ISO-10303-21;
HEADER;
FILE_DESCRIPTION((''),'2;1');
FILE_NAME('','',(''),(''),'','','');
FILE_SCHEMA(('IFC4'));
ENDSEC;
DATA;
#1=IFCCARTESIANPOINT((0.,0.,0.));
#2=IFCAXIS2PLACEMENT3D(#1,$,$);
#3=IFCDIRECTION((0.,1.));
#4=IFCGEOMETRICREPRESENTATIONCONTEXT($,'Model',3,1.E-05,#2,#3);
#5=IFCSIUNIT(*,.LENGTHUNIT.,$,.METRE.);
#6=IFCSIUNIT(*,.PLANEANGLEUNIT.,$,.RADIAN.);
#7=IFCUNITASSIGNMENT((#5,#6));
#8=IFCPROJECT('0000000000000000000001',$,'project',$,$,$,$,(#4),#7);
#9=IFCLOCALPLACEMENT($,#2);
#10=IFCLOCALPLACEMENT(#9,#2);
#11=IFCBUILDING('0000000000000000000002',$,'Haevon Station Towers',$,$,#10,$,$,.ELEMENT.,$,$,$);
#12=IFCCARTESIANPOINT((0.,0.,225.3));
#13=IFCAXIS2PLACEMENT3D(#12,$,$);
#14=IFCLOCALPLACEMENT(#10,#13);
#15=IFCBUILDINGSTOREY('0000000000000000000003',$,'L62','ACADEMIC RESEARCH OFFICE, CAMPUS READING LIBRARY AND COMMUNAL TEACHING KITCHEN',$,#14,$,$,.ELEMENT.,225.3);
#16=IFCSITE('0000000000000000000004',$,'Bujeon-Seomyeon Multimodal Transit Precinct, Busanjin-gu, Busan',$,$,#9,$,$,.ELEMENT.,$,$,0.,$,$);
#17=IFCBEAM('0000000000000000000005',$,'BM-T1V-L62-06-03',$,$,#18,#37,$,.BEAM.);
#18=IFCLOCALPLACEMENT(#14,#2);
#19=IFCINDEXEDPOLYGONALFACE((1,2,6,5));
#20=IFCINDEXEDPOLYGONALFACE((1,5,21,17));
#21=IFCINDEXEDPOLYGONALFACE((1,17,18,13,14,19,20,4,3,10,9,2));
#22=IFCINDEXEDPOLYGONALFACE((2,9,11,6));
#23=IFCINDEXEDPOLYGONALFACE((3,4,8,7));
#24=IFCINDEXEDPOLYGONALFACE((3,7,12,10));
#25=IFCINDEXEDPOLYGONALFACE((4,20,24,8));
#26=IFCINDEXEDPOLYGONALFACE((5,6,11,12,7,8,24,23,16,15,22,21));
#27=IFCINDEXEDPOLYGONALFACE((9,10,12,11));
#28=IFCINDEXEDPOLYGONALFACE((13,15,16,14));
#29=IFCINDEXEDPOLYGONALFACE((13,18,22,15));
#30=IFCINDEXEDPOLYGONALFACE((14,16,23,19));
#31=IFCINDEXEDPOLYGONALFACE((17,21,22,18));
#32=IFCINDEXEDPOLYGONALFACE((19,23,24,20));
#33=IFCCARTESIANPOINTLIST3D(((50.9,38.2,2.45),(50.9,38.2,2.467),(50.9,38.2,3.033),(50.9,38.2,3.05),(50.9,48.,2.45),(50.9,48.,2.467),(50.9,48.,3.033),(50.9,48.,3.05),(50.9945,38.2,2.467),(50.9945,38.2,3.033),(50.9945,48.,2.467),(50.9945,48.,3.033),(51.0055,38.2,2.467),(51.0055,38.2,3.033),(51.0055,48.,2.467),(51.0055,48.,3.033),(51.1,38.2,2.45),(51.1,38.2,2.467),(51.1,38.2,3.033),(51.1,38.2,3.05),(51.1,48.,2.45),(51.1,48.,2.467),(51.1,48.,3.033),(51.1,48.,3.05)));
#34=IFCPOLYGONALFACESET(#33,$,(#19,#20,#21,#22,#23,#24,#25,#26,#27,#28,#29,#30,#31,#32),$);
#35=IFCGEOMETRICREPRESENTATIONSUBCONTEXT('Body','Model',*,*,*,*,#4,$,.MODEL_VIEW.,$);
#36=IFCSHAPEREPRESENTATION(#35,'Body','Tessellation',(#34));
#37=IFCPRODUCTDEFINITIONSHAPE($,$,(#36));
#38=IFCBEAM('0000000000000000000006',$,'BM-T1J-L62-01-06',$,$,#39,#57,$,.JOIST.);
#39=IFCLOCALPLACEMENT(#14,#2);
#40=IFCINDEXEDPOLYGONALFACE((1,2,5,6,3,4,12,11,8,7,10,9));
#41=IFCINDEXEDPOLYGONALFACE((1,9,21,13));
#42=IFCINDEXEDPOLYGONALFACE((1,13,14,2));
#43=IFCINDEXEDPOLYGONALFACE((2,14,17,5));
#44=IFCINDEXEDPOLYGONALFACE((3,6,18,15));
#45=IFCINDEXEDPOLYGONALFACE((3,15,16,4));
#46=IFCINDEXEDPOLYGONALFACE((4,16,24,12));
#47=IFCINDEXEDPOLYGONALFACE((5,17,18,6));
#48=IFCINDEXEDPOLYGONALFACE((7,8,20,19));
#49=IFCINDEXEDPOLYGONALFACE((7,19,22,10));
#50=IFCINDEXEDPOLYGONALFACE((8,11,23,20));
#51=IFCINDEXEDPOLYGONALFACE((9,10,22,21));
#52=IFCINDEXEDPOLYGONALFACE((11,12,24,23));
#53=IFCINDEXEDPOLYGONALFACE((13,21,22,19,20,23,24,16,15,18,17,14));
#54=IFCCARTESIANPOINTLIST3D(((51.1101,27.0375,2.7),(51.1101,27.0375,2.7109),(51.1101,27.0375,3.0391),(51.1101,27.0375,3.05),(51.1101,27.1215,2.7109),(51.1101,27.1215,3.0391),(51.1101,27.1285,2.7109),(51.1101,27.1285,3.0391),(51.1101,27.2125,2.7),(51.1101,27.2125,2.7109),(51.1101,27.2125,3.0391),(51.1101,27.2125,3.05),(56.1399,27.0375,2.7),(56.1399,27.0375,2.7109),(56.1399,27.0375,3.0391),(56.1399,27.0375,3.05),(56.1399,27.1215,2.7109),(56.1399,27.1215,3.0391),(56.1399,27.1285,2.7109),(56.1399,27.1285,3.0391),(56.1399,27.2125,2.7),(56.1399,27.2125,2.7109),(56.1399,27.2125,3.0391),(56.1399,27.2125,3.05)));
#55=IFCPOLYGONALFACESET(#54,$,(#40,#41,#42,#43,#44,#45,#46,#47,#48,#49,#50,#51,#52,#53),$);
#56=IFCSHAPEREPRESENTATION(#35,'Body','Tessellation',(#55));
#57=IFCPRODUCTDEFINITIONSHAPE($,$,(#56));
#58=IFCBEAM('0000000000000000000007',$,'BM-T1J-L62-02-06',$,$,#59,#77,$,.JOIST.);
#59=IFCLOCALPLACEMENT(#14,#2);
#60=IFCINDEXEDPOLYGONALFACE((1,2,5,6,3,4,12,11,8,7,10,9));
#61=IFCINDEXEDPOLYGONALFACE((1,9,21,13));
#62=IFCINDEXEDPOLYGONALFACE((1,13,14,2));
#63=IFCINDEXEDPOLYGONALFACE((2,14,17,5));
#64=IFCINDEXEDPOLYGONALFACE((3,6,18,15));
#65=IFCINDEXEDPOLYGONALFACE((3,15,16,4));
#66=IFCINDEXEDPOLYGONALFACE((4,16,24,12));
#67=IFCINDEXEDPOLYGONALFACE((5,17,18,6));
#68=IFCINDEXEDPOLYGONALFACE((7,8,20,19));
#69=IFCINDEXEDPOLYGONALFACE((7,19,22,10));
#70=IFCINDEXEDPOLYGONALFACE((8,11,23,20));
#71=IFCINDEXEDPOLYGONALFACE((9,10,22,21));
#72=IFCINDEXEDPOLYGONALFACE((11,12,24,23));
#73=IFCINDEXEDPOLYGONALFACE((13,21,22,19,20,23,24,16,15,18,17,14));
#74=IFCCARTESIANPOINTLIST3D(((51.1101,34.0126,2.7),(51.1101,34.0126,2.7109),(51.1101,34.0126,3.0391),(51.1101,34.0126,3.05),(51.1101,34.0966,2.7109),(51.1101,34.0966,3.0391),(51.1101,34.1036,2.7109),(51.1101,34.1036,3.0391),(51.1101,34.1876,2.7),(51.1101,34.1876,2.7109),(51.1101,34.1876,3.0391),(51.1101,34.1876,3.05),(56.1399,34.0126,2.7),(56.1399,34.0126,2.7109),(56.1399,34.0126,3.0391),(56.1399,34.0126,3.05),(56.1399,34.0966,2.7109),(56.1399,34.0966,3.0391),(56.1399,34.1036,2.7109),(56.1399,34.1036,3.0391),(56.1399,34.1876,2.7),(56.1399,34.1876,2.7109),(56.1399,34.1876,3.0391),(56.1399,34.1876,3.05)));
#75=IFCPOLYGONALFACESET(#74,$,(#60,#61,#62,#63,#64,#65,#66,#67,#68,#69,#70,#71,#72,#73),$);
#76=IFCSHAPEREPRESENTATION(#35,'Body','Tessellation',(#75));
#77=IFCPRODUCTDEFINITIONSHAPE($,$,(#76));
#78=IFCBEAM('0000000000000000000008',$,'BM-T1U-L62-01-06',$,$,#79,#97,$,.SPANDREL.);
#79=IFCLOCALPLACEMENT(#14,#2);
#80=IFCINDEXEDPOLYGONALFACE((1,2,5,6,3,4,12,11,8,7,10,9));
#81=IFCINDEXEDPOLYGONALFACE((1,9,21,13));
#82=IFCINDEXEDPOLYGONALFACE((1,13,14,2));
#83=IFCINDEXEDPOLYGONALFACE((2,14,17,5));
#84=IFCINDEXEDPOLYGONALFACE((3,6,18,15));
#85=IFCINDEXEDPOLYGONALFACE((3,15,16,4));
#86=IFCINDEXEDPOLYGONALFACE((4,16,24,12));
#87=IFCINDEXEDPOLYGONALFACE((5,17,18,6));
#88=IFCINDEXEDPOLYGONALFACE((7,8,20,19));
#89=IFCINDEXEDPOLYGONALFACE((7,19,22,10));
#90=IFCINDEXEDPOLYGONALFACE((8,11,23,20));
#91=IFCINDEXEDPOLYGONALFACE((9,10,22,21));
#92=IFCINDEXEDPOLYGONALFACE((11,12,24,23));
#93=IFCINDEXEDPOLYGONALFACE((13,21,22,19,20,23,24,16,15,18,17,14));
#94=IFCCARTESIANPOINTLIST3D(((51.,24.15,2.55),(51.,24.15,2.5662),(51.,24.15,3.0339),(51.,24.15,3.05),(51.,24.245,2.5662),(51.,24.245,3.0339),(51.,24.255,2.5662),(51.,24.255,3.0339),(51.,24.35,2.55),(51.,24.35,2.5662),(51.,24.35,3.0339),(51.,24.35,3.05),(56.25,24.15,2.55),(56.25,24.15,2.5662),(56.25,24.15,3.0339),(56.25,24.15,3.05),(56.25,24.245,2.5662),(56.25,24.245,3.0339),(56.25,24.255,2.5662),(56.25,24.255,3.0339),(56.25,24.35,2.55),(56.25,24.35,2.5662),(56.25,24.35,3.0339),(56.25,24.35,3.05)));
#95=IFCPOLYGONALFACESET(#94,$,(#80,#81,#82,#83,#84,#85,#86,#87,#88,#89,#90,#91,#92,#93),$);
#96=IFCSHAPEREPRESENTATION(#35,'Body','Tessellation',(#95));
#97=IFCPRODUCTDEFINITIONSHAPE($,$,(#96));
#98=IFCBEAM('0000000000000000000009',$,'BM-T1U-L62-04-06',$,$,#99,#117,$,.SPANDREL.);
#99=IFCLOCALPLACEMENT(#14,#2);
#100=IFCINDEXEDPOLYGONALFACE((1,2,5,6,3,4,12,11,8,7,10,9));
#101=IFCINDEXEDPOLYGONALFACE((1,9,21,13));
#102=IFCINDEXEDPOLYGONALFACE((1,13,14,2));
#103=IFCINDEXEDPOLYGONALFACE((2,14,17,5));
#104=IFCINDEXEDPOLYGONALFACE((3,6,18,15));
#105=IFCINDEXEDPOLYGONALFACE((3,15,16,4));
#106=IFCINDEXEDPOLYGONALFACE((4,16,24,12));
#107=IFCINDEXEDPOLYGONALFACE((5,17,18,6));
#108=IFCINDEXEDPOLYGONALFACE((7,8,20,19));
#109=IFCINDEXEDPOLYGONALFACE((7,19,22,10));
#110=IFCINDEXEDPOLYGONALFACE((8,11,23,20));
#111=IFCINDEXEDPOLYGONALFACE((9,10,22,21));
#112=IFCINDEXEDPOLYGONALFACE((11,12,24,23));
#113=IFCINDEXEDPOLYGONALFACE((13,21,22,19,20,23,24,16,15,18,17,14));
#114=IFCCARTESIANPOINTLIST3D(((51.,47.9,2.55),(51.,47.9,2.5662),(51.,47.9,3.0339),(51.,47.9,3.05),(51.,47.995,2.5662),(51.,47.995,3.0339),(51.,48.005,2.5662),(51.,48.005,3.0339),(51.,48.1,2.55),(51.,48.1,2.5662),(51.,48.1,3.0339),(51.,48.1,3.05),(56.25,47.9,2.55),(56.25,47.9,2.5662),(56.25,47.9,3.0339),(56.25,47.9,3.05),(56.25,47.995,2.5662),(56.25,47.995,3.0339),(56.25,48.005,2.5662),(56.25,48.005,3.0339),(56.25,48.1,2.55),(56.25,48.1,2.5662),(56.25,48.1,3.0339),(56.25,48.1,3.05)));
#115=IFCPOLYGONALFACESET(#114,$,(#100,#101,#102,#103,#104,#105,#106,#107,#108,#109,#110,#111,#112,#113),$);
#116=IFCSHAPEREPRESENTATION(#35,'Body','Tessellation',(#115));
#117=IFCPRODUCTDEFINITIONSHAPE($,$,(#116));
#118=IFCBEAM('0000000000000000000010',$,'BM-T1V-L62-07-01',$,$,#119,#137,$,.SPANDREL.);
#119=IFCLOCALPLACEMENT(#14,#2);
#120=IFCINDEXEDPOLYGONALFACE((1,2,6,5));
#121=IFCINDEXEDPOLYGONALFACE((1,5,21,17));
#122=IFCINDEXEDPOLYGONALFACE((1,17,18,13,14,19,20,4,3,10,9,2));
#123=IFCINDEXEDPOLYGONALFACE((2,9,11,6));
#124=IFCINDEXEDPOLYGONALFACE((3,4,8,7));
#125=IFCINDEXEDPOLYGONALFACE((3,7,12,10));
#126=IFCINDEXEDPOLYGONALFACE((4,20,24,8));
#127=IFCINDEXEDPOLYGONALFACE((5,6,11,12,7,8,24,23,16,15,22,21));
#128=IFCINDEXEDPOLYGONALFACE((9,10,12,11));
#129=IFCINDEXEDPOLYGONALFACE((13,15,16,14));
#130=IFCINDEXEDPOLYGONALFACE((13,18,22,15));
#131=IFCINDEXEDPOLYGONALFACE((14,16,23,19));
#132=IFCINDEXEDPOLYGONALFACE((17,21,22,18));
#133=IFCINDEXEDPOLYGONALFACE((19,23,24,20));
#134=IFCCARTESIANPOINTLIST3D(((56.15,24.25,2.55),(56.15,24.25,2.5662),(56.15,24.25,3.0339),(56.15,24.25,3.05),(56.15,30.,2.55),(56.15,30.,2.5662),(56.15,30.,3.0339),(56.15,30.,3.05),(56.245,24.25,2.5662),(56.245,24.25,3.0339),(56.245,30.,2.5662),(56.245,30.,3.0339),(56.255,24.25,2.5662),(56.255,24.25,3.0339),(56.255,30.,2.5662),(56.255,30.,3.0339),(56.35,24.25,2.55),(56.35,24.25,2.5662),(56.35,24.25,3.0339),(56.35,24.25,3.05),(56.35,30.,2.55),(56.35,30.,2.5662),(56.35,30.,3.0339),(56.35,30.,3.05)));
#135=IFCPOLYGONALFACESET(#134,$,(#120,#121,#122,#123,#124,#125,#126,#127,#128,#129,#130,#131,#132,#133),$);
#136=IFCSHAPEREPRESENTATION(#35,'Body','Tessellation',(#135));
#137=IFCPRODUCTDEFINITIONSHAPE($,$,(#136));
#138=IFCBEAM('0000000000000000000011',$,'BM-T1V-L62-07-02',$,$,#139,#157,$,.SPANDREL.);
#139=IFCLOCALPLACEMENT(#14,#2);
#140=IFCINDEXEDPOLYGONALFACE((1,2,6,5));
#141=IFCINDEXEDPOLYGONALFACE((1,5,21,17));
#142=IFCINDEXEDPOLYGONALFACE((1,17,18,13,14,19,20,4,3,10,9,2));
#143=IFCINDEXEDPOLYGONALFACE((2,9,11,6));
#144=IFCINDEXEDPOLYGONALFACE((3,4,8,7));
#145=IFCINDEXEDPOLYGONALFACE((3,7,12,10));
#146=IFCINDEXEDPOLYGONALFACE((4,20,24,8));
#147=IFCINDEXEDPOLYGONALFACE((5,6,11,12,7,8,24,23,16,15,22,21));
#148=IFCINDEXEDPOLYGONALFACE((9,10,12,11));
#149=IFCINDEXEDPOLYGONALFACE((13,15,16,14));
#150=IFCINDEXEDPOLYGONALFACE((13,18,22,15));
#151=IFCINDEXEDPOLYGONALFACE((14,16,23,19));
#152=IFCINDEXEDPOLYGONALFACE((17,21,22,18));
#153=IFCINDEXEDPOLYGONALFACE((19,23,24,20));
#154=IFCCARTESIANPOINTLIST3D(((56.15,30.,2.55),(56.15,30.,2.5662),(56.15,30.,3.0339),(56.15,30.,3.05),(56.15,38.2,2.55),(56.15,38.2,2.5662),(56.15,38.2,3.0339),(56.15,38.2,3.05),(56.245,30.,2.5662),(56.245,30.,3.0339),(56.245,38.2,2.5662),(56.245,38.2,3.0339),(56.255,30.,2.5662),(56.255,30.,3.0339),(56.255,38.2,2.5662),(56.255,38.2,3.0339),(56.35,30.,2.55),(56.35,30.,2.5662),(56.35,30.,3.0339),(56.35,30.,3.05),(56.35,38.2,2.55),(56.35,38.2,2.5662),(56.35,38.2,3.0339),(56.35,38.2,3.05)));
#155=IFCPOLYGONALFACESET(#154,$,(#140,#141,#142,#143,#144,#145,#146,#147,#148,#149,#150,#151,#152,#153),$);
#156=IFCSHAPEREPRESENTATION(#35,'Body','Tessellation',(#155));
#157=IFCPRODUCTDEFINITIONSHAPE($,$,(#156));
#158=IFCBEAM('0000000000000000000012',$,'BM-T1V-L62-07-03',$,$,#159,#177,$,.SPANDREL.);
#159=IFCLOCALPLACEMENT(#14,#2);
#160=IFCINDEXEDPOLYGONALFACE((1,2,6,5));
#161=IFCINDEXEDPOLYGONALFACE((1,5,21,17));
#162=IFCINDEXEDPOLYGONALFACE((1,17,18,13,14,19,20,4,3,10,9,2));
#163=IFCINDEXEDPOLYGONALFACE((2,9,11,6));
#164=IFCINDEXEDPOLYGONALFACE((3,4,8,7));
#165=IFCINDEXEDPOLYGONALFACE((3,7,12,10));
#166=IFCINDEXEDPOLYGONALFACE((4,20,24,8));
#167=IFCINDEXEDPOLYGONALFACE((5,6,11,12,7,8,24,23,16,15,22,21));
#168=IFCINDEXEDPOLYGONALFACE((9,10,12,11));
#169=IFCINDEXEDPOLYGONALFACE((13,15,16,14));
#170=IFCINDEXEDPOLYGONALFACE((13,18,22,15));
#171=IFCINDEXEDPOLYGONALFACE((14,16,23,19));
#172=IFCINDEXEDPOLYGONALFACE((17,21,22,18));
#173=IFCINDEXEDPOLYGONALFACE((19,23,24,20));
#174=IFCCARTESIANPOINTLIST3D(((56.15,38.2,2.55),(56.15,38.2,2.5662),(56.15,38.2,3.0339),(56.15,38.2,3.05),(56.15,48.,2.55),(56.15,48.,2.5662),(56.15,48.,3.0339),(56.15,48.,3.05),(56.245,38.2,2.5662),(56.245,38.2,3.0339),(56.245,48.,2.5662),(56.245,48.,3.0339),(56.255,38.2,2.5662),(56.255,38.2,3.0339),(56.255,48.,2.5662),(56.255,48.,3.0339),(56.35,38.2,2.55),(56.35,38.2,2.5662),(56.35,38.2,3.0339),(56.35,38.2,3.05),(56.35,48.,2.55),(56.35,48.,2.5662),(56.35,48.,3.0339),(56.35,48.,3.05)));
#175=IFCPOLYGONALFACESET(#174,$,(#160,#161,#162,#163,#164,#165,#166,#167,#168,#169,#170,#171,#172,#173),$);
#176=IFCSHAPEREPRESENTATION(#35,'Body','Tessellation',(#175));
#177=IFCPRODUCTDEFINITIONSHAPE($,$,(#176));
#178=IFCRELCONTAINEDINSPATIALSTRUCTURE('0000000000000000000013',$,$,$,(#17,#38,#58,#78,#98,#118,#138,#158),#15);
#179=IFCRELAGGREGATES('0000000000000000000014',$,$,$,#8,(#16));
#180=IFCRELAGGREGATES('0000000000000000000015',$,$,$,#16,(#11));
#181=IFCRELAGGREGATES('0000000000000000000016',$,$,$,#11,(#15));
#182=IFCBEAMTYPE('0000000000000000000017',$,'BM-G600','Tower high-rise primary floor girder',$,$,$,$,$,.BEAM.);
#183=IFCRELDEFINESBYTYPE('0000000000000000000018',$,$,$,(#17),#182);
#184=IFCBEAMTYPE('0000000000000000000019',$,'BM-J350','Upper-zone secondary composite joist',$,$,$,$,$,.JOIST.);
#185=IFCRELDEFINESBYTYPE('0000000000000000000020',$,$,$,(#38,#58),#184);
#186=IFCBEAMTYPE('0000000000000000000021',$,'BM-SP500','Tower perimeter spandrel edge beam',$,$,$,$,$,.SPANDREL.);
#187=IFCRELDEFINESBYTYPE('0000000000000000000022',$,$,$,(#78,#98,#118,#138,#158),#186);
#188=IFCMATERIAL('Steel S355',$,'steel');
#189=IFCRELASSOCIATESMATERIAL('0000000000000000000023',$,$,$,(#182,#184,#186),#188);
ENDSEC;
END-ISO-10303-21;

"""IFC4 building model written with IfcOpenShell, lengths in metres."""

from ifc_helpers import new_model, si_unit, direction, frame, origin, origin_2d, place, context, subcontext, project, spatial, i_section, extrude, material, material_profile, profile_set, type_object, element, save


model = new_model("IFC4")

# Units and contexts
model_context = context("Model", 3, precision=1e-05, world=origin(), true_north=direction((0.0, 1.0)))
body_context = subcontext(model_context, "Body", "Model", "MODEL_VIEW")
ifc_project = project(units=[si_unit("LENGTHUNIT", "METRE"), si_unit("PLANEANGLEUNIT", "RADIAN")], contexts=[model_context])

# Site, building, storey
site_placement = place(None, origin())
site = spatial("IfcSite", under=ifc_project, at=site_placement, Name="Bujeon-Seomyeon Multimodal Transit Precinct, Busanjin-gu, Busan", CompositionType="ELEMENT", RefElevation=0.0)
building_placement = place(site_placement, origin())
building = spatial("IfcBuilding", under=site, at=building_placement, Name="Haevon Station Towers", CompositionType="ELEMENT")
storey_placement = place(building_placement, frame((0.0, 0.0, 225.3)))
storey = spatial("IfcBuildingStorey", under=building, at=storey_placement, Name="L62", Description="ACADEMIC RESEARCH OFFICE, CAMPUS READING LIBRARY AND COMMUNAL TEACHING KITCHEN", CompositionType="ELEMENT", Elevation=225.3)

# Shared definitions
ifc_material_1 = material(Name="Steel S355", Category="steel")

# Beams
ifc_material_profile_1 = material_profile(ifc_material_1, i_section(OverallWidth=0.2, OverallDepth=0.6001, WebThickness=0.011, FlangeThickness=0.0171, at=origin_2d()), Name="H-600x200x11x17")
ifc_profile_set_1 = profile_set([ifc_material_profile_1], Name="Steel S355")
beam_type_1 = type_object("IfcBeamType", Name="BM-G600", Description="Tower high-rise primary floor girder", PredefinedType="BEAM", material=ifc_profile_set_1)
beam_1_placement = place(storey_placement, frame((51.0, 38.2, 2.75), z_axis=(0.0, 1.0, 0.0), x_axis=(-1.0, 0.0, 0.0)))
element("IfcBeam", 1, at=beam_1_placement, inside=storey, type_object=beam_type_1, Name="BM-T1V-L62-06-03", PredefinedType="BEAM", context=body_context, shape_type="SweptSolid", body=[
    extrude(i_section(OverallWidth=0.2, OverallDepth=0.6001, WebThickness=0.011, FlangeThickness=0.0171, at=origin_2d()), origin(), (0.0, 0.0, 1.0), 9.8),
])
ifc_material_profile_2 = material_profile(ifc_material_1, i_section(OverallWidth=0.175, OverallDepth=0.3501, WebThickness=0.0071, FlangeThickness=0.011, at=origin_2d()), Name="H-350x175x7x11")
ifc_profile_set_2 = profile_set([ifc_material_profile_2], Name="Steel S355")
beam_type_2 = type_object("IfcBeamType", Name="BM-J350", Description="Upper-zone secondary composite joist", PredefinedType="JOIST", material=ifc_profile_set_2)
for number, where, z_axis, x_axis, name in (
    (2, (51.1101, 27.125, 2.875), (1.0, 0.0, 0.0), (0.0, 1.0, 0.0), "BM-T1J-L62-01-06"),
    (3, (51.1101, 34.1001, 2.875), (1.0, 0.0, 0.0), (0.0, 1.0, 0.0), "BM-T1J-L62-02-06"),
):
    element("IfcBeam", number, at=place(storey_placement, frame(where, z_axis=z_axis, x_axis=x_axis)), inside=storey, type_object=beam_type_2, Name=name, PredefinedType="JOIST", context=body_context, shape_type="SweptSolid", body=[
        extrude(i_section(OverallWidth=0.175, OverallDepth=0.3501, WebThickness=0.0071, FlangeThickness=0.011, at=origin_2d()), origin(), (0.0, 0.0, 1.0), 5.0298),
    ])
ifc_material_profile_3 = material_profile(ifc_material_1, i_section(OverallWidth=0.2, OverallDepth=0.5, WebThickness=0.01, FlangeThickness=0.0161, at=origin_2d()), Name="H-500x200x10x16")
ifc_profile_set_3 = profile_set([ifc_material_profile_3], Name="Steel S355")
beam_type_3 = type_object("IfcBeamType", Name="BM-SP500", Description="Tower perimeter spandrel edge beam", PredefinedType="SPANDREL", material=ifc_profile_set_3)
for number, where, z_axis, x_axis, name in (
    (4, (51.0, 24.25, 2.8), (1.0, 0.0, 0.0), (0.0, 1.0, 0.0), "BM-T1U-L62-01-06"),
    (5, (51.0, 48.0, 2.8), (1.0, 0.0, 0.0), (0.0, 1.0, 0.0), "BM-T1U-L62-04-06"),
):
    element("IfcBeam", number, at=place(storey_placement, frame(where, z_axis=z_axis, x_axis=x_axis)), inside=storey, type_object=beam_type_3, Name=name, PredefinedType="SPANDREL", context=body_context, shape_type="SweptSolid", body=[
        extrude(i_section(OverallWidth=0.2, OverallDepth=0.5, WebThickness=0.01, FlangeThickness=0.0161, at=origin_2d()), origin(), (0.0, 0.0, 1.0), 5.25),
    ])
beam_2_placement = place(storey_placement, frame((56.25, 24.25, 2.8), z_axis=(0.0, 1.0, 0.0), x_axis=(-1.0, 0.0, 0.0)))
element("IfcBeam", 6, at=beam_2_placement, inside=storey, type_object=beam_type_3, Name="BM-T1V-L62-07-01", PredefinedType="SPANDREL", context=body_context, shape_type="SweptSolid", body=[
    extrude(i_section(OverallWidth=0.2, OverallDepth=0.5, WebThickness=0.01, FlangeThickness=0.0161, at=origin_2d()), origin(), (0.0, 0.0, 1.0), 5.75),
])
beam_3_placement = place(storey_placement, frame((56.25, 30.0, 2.8), z_axis=(0.0, 1.0, 0.0), x_axis=(-1.0, 0.0, 0.0)))
element("IfcBeam", 7, at=beam_3_placement, inside=storey, type_object=beam_type_3, Name="BM-T1V-L62-07-02", PredefinedType="SPANDREL", context=body_context, shape_type="SweptSolid", body=[
    extrude(i_section(OverallWidth=0.2, OverallDepth=0.5, WebThickness=0.01, FlangeThickness=0.0161, at=origin_2d()), origin(), (0.0, 0.0, 1.0), 8.2),
])
beam_4_placement = place(storey_placement, frame((56.25, 38.2, 2.8), z_axis=(0.0, 1.0, 0.0), x_axis=(-1.0, 0.0, 0.0)))
element("IfcBeam", 8, at=beam_4_placement, inside=storey, type_object=beam_type_3, Name="BM-T1V-L62-07-03", PredefinedType="SPANDREL", context=body_context, shape_type="SweptSolid", body=[
    extrude(i_section(OverallWidth=0.2, OverallDepth=0.5, WebThickness=0.01, FlangeThickness=0.0161, at=origin_2d()), origin(), (0.0, 0.0, 1.0), 9.8),
])

save(model, "model.ifc")
